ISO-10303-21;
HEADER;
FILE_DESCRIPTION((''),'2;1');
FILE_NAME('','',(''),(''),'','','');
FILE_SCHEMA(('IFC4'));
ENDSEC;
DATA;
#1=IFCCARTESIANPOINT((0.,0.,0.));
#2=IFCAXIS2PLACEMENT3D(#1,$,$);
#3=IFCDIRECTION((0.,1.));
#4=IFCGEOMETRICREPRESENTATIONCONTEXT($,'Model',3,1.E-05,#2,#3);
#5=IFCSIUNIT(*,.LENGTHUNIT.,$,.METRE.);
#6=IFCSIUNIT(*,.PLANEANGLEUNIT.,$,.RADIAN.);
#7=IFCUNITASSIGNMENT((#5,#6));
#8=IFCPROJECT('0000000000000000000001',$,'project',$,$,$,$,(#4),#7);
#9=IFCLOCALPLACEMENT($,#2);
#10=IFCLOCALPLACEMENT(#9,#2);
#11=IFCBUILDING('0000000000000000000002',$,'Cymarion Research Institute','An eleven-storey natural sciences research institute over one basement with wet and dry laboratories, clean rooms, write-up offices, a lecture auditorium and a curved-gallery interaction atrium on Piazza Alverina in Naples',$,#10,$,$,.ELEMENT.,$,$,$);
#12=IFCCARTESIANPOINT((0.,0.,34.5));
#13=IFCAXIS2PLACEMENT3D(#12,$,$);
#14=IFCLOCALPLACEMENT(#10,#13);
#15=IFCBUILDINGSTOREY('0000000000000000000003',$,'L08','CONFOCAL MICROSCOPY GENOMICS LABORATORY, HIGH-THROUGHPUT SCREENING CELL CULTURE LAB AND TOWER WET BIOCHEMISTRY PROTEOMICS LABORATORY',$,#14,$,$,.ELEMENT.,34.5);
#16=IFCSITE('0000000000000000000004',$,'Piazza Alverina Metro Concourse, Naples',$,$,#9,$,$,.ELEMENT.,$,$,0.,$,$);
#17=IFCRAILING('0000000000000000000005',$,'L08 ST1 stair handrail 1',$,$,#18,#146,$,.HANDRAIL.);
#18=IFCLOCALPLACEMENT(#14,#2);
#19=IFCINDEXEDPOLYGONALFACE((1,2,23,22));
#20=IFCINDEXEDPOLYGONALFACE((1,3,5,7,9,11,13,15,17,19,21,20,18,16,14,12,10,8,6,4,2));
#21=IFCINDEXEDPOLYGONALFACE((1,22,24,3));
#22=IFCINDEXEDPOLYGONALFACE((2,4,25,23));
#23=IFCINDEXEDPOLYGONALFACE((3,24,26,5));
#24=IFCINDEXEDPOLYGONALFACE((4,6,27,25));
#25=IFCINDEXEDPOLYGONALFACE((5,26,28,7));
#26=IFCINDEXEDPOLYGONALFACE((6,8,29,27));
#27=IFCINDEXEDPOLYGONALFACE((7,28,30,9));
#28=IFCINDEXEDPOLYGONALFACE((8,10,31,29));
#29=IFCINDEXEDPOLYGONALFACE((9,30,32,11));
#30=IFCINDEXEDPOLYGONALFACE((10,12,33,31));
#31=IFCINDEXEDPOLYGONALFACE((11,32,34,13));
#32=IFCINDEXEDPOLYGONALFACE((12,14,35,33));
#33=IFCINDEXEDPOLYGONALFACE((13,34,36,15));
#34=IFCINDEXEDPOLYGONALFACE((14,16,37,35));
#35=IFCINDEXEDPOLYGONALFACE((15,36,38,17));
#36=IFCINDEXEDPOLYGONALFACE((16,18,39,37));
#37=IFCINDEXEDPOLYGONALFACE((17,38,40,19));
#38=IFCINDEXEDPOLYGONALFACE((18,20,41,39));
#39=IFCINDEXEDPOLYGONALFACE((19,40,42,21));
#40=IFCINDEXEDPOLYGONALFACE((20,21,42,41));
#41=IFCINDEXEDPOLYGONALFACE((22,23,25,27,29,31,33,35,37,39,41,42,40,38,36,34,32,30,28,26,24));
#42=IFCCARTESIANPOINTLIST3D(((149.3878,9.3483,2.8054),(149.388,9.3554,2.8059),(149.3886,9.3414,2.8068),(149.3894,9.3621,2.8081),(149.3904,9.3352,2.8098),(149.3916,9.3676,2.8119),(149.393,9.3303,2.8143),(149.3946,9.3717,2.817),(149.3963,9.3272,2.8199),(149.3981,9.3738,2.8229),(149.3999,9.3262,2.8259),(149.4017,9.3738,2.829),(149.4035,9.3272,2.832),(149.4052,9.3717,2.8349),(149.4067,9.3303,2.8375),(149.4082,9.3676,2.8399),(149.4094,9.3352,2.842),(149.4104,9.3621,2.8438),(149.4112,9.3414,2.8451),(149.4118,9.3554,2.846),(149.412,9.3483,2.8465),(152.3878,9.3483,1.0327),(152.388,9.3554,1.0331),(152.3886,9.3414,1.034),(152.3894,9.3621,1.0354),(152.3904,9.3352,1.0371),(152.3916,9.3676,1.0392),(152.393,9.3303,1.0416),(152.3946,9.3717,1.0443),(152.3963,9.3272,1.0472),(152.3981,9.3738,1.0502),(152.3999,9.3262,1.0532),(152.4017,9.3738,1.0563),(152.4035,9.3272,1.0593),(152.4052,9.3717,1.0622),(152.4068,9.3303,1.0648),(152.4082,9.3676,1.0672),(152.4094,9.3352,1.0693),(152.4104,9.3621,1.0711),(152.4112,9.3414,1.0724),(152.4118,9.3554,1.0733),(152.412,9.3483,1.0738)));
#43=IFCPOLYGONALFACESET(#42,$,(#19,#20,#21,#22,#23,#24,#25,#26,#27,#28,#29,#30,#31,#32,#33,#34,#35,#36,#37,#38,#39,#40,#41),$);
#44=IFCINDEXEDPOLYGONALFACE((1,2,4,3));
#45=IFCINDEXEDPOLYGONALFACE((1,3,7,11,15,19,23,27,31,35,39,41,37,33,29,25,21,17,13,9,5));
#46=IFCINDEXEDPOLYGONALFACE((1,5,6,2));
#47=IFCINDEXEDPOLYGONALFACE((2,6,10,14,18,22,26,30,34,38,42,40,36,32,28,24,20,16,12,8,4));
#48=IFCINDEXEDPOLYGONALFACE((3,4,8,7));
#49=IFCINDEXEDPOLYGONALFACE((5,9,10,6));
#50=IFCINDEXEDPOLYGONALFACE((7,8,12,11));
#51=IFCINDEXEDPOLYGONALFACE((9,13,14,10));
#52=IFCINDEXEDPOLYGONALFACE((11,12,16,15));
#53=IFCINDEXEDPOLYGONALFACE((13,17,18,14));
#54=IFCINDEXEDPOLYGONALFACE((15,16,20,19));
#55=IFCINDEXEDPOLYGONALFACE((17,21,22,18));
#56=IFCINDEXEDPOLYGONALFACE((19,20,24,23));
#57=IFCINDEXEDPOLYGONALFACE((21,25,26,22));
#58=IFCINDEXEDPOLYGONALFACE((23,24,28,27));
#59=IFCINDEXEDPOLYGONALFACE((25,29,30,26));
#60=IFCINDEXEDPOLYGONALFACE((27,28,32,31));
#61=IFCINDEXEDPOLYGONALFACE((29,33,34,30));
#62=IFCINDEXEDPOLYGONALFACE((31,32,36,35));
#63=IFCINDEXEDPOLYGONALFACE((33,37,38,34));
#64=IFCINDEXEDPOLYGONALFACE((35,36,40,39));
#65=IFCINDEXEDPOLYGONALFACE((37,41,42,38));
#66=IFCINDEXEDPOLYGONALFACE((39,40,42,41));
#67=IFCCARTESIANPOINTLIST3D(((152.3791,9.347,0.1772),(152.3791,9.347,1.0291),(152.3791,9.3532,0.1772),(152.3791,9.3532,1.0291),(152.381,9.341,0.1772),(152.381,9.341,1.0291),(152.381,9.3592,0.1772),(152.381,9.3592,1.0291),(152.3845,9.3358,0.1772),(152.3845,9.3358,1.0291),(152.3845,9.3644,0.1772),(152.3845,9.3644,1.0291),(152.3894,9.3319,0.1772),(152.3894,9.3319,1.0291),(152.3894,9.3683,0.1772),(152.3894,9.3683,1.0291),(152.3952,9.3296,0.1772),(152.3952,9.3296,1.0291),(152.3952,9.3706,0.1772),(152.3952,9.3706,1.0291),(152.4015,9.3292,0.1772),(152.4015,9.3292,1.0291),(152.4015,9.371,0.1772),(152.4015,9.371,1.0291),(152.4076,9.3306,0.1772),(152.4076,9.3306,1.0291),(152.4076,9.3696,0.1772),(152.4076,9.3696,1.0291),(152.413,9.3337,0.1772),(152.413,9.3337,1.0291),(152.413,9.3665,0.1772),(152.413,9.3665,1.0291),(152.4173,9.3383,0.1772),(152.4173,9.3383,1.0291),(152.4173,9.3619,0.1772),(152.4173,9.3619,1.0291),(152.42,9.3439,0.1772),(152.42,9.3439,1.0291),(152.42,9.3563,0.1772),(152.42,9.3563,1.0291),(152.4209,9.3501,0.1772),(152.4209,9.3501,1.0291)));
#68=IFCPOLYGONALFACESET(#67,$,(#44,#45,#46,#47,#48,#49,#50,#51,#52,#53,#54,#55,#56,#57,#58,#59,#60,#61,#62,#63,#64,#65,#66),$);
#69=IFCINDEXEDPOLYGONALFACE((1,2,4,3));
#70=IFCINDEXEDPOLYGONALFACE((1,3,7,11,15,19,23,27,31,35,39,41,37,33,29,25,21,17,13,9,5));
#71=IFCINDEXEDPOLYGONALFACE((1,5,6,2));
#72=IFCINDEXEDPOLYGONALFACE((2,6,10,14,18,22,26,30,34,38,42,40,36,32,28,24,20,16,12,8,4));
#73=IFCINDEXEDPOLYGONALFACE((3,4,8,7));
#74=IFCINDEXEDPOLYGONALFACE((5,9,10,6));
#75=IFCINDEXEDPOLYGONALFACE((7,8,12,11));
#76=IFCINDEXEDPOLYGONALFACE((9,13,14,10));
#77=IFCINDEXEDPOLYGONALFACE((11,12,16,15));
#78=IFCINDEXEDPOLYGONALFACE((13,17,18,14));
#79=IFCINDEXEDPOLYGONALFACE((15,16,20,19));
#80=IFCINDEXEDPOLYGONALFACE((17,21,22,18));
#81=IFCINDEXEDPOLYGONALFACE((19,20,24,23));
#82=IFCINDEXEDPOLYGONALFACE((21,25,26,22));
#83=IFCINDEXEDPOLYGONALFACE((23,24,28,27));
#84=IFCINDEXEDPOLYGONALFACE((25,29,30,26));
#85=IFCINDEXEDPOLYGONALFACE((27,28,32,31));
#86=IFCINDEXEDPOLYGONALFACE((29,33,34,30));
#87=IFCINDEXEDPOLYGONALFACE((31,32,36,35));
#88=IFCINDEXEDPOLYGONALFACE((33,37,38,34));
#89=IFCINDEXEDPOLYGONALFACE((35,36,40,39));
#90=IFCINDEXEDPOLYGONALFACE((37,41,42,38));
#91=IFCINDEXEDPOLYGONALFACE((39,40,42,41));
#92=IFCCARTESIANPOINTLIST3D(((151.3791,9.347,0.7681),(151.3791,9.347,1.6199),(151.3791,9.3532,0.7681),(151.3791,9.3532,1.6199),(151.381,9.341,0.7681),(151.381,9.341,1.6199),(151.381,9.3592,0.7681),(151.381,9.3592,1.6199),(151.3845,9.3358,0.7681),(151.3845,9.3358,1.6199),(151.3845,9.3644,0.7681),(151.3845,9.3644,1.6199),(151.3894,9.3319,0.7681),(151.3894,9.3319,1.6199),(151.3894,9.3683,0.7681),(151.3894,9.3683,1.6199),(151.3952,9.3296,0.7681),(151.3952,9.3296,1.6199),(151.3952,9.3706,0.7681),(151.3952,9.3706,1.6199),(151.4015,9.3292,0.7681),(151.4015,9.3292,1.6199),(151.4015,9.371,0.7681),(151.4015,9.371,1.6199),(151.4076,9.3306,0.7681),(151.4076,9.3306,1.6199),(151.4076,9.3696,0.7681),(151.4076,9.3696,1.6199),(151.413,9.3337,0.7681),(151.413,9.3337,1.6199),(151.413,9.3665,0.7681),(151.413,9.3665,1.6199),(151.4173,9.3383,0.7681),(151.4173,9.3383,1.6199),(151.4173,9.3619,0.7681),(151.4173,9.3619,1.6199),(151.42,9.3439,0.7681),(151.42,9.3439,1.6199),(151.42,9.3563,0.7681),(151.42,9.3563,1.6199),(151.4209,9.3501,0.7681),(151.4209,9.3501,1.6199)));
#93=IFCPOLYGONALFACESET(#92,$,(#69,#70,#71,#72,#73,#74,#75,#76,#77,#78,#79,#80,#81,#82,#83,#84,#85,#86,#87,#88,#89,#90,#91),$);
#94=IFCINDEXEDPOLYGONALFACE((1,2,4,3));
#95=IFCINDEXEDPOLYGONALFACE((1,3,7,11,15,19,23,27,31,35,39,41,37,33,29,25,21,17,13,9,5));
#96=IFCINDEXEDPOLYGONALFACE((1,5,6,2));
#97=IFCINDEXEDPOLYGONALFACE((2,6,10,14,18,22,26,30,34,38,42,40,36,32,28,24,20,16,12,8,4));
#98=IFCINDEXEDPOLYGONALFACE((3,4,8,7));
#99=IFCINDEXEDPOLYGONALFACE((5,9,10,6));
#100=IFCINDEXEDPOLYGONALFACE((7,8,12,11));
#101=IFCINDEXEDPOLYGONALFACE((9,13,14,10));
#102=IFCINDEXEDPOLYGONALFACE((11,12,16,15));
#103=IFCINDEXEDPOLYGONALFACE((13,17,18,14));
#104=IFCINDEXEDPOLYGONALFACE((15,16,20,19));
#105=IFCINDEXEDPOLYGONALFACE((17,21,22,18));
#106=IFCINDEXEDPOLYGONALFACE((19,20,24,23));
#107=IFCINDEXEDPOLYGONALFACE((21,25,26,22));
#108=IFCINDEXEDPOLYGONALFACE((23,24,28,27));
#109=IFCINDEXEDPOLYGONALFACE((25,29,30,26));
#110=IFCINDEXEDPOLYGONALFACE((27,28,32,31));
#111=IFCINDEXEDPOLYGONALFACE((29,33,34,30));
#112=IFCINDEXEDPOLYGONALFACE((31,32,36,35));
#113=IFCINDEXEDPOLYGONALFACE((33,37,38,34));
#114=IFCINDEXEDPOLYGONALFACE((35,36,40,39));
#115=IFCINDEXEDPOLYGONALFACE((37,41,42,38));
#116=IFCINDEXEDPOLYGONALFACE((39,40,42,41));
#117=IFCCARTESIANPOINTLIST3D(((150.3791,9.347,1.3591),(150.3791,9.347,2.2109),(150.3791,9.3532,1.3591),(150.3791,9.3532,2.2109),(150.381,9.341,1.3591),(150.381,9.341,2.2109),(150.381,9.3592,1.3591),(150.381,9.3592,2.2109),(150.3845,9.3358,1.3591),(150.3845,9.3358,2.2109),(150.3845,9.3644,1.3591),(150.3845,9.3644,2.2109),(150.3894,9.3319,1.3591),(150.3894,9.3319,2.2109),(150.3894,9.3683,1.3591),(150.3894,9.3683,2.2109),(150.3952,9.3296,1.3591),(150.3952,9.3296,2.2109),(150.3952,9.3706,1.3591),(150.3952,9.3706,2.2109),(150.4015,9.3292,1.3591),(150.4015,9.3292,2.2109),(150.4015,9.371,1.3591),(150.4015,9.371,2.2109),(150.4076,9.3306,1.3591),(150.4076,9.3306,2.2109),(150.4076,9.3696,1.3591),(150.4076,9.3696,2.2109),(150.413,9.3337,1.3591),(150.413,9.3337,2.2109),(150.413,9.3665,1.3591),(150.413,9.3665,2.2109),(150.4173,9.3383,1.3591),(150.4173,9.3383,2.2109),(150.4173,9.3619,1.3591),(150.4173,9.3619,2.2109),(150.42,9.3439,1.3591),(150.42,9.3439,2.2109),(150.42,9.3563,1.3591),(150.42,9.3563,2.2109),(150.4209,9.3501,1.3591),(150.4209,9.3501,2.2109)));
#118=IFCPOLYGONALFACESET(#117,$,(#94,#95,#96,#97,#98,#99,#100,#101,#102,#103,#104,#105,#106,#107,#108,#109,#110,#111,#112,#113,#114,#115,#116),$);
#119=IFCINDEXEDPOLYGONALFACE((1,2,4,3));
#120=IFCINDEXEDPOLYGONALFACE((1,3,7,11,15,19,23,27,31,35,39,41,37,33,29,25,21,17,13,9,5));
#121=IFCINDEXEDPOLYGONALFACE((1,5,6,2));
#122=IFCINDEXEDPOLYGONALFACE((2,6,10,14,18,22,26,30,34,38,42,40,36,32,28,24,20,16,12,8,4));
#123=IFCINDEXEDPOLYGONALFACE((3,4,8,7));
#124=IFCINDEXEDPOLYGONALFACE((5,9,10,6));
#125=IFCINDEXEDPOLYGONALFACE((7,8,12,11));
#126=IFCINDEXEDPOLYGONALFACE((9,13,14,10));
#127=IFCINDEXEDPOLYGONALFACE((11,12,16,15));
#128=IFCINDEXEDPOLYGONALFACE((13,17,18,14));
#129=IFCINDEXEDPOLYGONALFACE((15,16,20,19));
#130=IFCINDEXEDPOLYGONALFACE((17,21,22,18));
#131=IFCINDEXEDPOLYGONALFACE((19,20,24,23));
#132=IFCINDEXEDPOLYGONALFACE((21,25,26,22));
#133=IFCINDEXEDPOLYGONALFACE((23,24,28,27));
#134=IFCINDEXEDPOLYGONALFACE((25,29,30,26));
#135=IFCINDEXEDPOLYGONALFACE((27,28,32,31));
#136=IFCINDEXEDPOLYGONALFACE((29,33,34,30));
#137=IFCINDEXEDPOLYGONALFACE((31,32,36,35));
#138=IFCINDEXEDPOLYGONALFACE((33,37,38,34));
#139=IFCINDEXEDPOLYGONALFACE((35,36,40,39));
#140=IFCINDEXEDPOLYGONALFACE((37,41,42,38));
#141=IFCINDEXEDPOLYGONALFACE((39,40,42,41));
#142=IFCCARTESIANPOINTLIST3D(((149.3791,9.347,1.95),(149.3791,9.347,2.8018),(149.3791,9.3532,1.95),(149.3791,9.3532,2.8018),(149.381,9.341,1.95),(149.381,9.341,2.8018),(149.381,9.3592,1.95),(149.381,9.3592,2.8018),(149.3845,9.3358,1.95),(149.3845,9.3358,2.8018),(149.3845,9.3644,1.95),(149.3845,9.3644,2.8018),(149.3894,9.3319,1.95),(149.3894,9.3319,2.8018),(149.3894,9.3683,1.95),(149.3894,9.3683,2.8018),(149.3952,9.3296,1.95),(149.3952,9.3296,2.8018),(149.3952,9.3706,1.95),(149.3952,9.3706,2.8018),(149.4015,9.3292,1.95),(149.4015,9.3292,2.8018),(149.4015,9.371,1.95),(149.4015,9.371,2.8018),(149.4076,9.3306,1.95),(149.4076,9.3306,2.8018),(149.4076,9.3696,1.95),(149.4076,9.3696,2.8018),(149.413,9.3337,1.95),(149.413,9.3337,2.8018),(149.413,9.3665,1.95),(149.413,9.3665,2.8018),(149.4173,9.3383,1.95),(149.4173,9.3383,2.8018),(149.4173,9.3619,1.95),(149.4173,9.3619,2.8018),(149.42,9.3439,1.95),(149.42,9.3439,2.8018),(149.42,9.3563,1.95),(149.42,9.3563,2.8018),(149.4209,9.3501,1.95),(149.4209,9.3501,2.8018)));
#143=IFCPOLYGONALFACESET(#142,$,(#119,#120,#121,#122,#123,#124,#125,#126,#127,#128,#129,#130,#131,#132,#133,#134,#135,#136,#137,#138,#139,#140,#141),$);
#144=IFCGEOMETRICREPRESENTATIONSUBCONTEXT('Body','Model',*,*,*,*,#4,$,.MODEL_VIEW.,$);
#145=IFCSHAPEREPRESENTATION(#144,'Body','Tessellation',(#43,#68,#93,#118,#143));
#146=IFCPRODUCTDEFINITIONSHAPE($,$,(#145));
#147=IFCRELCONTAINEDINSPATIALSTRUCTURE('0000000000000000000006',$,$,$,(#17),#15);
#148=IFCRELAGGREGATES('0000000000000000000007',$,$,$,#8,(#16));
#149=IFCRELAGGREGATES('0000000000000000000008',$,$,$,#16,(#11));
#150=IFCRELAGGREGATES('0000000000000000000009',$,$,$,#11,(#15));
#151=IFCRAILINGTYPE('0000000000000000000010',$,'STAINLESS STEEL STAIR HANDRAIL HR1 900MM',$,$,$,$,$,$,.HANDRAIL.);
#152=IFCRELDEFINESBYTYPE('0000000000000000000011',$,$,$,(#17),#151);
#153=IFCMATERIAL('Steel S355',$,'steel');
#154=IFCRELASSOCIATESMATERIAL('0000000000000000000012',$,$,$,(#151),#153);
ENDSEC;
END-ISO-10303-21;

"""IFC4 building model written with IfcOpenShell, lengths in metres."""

from ifc_helpers import new_model, si_unit, direction, frame, origin, origin_2d, place, context, subcontext, project, spatial, circle, extrude, material, type_object, element, save


model = new_model("IFC4")

# Units and contexts
model_context = context("Model", 3, precision=1e-05, world=origin(), true_north=direction((0.0, 1.0)))
body_context = subcontext(model_context, "Body", "Model", "MODEL_VIEW")
ifc_project = project(units=[si_unit("LENGTHUNIT", "METRE"), si_unit("PLANEANGLEUNIT", "RADIAN")], contexts=[model_context])

# Site, building, storey
site_placement = place(None, origin())
site = spatial("IfcSite", under=ifc_project, at=site_placement, Name="Piazza Alverina Metro Concourse, Naples", CompositionType="ELEMENT", RefElevation=0.0)
building_placement = place(site_placement, origin())
building = spatial("IfcBuilding", under=site, at=building_placement, Name="Cymarion Research Institute", Description="An eleven-storey natural sciences research institute over one basement with wet and dry laboratories, clean rooms, write-up offices, a lecture auditorium and a curved-gallery interaction atrium on Piazza Alverina in Naples", CompositionType="ELEMENT")
storey_placement = place(building_placement, frame((0.0, 0.0, 34.5)))
storey = spatial("IfcBuildingStorey", under=building, at=storey_placement, Name="L08", Description="CONFOCAL MICROSCOPY GENOMICS LABORATORY, HIGH-THROUGHPUT SCREENING CELL CULTURE LAB AND TOWER WET BIOCHEMISTRY PROTEOMICS LABORATORY", CompositionType="ELEMENT", Elevation=34.5)

# Railing
ifc_material_1 = material(Name="Steel S355", Category="steel")
railing_type_1 = type_object("IfcRailingType", Name="STAINLESS STEEL STAIR HANDRAIL HR1 900MM", PredefinedType="HANDRAIL", material=ifc_material_1)
railing_1_placement = place(storey_placement, frame((152.3999, 9.3501, 0.1772)))
element("IfcRailing", 1, at=railing_1_placement, inside=storey, type_object=railing_type_1, Name="L08 ST1 stair handrail 1", PredefinedType="HANDRAIL", context=body_context, shape_type="SweptSolid", body=[
    extrude(circle(Radius=0.0239, at=origin_2d()), frame((0.0, 0.0, 0.876), z_axis=(-0.860929, 0.0, 0.508725), x_axis=(0.0, -1.0, 0.0)), (0.0, 0.0, 1.0), 3.4846),
    extrude(circle(Radius=0.021, at=origin_2d()), origin(), (0.0, 0.0, 1.0), 0.8518),
    extrude(circle(Radius=0.021, at=origin_2d()), frame((-1.0, 0.0, 0.5908)), (0.0, 0.0, 1.0), 0.8518),
    extrude(circle(Radius=0.021, at=origin_2d()), frame((-2.0, 0.0, 1.1819)), (0.0, 0.0, 1.0), 0.8518),
    extrude(circle(Radius=0.021, at=origin_2d()), frame((-3.0, 0.0, 1.7727)), (0.0, 0.0, 1.0), 0.8518),
])

save(model, "model.ifc")
